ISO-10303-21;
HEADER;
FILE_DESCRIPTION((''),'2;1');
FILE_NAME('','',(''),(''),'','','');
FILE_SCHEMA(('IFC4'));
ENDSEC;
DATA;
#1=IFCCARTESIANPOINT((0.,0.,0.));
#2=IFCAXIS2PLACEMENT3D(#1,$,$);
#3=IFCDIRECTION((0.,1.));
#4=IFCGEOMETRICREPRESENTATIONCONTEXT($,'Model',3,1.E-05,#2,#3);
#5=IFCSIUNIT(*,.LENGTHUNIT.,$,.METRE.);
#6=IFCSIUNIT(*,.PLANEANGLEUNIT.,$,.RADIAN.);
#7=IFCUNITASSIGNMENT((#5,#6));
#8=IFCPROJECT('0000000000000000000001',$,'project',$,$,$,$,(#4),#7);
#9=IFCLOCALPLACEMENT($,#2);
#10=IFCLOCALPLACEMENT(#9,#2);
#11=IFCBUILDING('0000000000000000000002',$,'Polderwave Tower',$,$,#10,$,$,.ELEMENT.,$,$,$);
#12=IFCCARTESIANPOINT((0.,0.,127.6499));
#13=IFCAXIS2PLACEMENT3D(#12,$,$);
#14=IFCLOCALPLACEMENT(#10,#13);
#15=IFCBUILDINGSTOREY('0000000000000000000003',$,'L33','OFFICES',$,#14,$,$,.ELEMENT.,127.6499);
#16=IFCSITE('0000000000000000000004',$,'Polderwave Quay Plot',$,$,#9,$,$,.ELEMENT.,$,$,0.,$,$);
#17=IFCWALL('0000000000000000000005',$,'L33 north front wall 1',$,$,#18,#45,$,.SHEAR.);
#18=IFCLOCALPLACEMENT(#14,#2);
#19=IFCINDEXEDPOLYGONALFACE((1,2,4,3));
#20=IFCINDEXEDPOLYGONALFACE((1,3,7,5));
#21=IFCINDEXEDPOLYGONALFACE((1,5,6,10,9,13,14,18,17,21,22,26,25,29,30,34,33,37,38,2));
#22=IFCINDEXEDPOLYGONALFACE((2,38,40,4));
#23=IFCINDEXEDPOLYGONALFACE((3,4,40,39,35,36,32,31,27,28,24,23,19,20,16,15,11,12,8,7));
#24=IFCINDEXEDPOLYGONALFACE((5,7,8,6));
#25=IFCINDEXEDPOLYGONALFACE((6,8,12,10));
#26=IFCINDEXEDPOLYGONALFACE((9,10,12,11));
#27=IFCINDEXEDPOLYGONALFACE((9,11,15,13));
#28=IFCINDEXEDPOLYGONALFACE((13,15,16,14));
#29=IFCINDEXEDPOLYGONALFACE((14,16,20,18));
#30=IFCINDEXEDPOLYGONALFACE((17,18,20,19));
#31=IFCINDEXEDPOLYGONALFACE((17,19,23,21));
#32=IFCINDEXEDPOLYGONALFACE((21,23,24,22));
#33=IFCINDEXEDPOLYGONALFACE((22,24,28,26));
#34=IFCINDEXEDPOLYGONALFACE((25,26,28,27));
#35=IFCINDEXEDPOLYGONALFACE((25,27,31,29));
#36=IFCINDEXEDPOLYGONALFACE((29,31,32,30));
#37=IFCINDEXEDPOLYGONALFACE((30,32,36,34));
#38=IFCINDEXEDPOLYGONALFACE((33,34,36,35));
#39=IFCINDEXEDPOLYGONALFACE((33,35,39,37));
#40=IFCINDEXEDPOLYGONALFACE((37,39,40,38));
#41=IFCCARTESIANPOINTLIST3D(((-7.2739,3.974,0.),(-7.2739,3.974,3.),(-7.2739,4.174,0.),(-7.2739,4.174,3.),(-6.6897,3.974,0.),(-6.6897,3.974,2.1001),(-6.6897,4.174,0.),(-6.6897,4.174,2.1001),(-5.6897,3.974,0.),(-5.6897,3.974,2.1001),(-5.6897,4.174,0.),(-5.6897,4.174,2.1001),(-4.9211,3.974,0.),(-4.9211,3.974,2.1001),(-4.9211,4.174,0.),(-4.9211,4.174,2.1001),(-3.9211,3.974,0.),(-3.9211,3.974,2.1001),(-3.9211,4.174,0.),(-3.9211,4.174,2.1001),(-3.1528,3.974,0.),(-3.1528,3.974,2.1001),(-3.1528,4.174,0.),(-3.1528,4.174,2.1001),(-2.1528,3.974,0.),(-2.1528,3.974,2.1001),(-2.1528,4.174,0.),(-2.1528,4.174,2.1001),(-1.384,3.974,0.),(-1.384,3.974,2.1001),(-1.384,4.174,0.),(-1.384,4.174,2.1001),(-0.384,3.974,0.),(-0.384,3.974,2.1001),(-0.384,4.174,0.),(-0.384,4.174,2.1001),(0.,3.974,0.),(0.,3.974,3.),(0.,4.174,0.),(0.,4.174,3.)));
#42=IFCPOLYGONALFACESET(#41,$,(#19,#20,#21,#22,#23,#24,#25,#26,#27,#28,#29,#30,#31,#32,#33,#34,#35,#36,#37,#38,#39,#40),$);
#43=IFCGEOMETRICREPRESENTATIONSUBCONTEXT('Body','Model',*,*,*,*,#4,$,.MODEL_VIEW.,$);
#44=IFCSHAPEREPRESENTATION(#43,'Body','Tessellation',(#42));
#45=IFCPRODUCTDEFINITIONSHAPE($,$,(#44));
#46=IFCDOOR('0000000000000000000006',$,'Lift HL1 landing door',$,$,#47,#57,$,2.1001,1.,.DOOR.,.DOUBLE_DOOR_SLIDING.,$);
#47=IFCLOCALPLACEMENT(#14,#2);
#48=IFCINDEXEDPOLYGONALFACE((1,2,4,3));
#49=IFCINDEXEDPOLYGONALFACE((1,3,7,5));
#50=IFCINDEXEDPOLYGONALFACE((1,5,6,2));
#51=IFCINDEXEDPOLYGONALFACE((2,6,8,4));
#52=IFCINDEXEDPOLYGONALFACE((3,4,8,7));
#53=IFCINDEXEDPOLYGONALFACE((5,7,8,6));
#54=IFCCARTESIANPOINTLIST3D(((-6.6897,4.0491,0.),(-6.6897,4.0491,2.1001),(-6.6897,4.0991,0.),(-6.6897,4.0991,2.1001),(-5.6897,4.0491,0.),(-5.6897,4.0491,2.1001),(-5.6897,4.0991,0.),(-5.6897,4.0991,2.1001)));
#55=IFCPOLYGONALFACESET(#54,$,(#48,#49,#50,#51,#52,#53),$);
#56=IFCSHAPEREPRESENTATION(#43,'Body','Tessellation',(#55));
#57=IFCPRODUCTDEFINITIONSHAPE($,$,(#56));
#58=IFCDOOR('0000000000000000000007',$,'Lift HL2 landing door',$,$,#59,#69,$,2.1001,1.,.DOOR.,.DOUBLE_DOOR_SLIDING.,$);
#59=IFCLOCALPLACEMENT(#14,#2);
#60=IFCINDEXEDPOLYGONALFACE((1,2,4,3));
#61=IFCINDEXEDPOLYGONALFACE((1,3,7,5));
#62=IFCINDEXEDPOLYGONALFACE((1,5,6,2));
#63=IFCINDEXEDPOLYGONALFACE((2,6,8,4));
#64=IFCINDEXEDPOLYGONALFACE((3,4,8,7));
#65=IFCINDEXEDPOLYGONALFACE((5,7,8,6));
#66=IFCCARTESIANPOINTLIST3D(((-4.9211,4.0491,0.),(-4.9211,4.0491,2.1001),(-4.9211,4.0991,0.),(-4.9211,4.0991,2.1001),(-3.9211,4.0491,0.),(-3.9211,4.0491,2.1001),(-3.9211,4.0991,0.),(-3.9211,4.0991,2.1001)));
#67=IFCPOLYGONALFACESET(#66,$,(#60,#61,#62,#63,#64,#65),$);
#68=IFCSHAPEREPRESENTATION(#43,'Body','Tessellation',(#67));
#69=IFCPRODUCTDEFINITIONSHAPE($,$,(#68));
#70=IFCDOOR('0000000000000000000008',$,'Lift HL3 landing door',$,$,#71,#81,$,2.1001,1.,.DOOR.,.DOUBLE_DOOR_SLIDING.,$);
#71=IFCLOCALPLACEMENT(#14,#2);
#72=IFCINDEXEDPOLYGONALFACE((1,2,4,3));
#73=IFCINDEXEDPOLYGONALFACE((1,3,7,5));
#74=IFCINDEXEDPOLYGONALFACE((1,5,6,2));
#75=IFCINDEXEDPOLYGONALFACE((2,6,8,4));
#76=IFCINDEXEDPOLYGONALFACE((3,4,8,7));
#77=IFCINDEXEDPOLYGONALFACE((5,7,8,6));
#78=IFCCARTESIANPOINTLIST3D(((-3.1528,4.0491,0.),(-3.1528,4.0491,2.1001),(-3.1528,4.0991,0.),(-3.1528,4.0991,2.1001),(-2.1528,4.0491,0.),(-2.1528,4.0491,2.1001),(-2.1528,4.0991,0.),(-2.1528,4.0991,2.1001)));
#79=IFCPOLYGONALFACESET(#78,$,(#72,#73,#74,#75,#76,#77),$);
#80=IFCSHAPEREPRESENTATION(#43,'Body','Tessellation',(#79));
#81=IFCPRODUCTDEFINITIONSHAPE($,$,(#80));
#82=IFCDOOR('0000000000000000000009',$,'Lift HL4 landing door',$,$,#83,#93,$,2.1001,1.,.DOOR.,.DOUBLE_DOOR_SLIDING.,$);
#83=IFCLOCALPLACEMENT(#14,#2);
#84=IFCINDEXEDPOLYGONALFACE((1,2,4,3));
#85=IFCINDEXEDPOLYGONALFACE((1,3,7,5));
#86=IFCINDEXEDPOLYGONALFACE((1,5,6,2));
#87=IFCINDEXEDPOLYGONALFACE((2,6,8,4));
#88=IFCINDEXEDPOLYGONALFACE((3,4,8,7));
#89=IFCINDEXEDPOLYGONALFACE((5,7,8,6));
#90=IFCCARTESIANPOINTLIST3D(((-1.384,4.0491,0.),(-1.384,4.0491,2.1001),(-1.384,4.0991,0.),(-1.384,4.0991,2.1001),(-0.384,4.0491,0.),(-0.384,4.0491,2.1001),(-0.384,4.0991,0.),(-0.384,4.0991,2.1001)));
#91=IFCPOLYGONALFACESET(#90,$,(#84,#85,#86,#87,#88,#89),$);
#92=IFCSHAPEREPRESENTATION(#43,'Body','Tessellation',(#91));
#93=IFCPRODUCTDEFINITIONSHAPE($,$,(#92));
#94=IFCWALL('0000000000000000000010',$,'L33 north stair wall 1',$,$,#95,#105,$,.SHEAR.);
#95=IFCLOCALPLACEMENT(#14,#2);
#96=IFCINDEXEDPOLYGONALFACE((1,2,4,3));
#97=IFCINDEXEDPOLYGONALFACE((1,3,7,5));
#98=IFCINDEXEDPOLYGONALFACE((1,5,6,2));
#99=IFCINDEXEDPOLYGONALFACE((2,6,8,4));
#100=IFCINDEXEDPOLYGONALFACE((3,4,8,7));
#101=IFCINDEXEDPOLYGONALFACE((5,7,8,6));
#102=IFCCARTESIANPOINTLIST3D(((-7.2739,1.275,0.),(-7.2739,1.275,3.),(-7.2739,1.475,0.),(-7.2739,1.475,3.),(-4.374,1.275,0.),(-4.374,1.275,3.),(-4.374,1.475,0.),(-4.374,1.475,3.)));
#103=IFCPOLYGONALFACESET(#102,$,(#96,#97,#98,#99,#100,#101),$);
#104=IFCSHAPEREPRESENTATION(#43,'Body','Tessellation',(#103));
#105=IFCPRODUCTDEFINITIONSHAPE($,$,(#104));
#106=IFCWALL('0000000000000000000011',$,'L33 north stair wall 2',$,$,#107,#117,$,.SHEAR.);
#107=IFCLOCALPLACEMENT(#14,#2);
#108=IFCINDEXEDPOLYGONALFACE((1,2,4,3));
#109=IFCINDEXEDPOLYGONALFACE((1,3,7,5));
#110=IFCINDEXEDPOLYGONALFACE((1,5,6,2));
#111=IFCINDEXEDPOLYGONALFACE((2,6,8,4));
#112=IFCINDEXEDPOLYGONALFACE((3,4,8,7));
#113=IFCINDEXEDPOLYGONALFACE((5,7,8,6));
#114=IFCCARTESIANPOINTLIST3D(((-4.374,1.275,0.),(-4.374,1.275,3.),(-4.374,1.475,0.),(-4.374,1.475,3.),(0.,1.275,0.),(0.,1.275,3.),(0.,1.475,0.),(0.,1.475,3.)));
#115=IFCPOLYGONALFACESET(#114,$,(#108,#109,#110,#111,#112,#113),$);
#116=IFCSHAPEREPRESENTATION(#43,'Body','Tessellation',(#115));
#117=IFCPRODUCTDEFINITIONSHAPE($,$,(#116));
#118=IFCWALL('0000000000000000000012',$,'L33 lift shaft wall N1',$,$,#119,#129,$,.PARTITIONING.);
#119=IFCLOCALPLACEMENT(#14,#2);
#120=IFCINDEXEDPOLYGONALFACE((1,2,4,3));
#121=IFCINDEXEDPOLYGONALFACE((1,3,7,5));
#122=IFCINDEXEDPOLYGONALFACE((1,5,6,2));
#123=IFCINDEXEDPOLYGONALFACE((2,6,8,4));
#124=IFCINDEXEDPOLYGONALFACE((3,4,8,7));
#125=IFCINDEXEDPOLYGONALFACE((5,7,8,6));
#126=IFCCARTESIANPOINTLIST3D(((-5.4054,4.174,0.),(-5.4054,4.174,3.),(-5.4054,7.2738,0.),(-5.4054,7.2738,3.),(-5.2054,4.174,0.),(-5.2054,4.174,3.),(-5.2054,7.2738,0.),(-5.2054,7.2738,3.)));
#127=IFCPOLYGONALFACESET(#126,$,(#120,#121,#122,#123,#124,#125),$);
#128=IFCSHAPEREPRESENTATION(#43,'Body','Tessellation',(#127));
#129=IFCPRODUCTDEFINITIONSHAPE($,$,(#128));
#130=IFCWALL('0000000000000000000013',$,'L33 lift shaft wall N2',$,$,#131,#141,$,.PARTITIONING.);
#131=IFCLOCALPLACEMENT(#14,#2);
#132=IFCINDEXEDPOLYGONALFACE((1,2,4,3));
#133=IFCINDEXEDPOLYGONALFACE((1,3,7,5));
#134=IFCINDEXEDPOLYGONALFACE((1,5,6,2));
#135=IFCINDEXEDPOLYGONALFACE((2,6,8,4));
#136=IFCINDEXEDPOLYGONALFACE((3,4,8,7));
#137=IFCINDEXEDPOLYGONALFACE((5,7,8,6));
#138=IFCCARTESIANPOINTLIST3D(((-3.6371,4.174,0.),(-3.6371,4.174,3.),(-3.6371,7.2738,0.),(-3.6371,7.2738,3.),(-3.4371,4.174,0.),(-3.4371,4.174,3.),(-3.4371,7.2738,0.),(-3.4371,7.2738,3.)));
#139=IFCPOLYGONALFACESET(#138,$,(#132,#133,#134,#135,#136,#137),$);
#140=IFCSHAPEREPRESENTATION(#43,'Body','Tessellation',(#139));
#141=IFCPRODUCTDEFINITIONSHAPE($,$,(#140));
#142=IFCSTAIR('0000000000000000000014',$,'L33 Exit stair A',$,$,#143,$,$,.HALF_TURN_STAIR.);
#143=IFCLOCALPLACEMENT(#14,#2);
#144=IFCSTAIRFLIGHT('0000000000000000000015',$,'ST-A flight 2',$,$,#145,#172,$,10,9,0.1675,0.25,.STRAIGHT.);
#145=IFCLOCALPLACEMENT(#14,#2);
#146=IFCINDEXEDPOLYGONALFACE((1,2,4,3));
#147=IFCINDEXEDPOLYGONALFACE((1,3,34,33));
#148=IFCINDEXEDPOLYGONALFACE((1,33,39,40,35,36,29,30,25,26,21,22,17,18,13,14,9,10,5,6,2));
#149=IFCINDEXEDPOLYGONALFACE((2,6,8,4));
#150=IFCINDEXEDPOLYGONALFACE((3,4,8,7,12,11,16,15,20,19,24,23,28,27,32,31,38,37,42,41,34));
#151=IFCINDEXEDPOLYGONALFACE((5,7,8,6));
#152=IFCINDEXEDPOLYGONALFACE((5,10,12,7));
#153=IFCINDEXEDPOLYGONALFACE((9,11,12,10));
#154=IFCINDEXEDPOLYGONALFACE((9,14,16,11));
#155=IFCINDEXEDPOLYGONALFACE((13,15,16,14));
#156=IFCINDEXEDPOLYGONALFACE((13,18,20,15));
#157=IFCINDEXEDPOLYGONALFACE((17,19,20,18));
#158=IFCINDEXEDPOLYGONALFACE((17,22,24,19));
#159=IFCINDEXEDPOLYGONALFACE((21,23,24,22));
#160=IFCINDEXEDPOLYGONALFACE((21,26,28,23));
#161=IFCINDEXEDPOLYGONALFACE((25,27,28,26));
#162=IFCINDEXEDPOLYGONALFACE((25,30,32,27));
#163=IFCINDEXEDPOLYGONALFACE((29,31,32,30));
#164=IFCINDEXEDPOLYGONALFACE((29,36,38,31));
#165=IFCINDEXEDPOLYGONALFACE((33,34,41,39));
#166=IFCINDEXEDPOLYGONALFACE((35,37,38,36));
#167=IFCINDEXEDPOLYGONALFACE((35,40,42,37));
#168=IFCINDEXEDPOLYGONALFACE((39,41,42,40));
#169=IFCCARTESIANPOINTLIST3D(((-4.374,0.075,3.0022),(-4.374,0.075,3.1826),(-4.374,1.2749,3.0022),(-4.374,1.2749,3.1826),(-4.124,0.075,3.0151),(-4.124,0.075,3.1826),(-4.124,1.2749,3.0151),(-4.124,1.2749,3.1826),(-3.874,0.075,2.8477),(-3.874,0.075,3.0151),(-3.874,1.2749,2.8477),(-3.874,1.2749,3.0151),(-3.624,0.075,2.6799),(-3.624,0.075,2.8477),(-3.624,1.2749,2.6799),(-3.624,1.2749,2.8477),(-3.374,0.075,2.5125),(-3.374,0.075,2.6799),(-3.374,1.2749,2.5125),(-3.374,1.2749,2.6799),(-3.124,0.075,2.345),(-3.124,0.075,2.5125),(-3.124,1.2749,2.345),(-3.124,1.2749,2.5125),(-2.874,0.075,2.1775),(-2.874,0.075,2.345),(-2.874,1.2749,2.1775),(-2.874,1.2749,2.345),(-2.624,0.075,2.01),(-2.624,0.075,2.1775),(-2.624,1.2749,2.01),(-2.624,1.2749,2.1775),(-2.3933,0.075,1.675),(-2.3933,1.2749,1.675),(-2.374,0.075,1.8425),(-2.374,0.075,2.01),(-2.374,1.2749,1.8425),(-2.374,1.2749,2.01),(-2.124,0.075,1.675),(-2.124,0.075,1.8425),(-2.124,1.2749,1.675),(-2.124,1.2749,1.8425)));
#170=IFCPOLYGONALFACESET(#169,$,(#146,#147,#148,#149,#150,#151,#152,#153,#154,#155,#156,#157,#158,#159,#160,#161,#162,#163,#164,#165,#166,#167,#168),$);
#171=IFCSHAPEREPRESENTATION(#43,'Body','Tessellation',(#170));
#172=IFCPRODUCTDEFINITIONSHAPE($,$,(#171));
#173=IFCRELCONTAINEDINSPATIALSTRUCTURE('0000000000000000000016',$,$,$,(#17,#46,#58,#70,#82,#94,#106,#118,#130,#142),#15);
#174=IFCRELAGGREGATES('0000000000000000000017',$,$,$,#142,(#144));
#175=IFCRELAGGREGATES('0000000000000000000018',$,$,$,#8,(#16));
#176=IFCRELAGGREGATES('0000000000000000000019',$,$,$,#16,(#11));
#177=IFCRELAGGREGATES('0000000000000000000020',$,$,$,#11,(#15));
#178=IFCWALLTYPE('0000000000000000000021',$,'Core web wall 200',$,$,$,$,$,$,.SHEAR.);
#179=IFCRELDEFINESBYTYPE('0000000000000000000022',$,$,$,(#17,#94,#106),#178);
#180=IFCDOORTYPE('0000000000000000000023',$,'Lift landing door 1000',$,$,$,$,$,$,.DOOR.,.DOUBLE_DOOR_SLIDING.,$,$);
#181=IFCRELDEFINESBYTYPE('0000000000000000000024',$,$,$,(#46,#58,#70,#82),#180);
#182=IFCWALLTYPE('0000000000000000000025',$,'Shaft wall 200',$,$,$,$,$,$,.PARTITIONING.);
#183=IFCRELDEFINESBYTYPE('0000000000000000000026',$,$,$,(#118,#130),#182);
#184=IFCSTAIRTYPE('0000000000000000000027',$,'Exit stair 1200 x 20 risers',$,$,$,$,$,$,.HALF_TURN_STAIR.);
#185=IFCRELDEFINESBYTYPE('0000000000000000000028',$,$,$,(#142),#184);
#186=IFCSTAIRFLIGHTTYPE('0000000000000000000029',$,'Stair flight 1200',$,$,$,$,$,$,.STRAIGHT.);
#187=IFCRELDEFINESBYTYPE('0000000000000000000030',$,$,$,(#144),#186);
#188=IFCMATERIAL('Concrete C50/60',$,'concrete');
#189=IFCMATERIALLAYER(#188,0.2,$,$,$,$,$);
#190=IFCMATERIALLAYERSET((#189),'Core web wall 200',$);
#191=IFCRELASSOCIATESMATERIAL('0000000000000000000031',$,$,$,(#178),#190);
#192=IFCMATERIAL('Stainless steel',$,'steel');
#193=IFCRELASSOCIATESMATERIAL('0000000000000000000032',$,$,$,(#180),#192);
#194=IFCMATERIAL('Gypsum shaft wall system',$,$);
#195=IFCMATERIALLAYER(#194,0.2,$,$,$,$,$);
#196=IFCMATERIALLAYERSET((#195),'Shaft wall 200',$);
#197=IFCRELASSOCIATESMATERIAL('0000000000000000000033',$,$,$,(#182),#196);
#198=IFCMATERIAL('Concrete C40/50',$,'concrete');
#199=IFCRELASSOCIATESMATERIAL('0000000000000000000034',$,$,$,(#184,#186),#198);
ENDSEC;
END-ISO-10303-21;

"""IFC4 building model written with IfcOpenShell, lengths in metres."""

from ifc_helpers import new_model, si_unit, direction, frame, frame_2d, origin, place, context, subcontext, project, spatial, polyline, rectangle, outline, extrude, material, layer, layer_set, type_object, element, fill, aggregate, save


model = new_model("IFC4")

# Units and contexts
model_context = context("Model", 3, precision=1e-05, world=origin(), true_north=direction((0.0, 1.0)))
body_context = subcontext(model_context, "Body", "Model", "MODEL_VIEW")
ifc_project = project(units=[si_unit("LENGTHUNIT", "METRE"), si_unit("PLANEANGLEUNIT", "RADIAN")], contexts=[model_context])

# Site, building, storey
site_placement = place(None, origin())
site = spatial("IfcSite", under=ifc_project, at=site_placement, Name="Polderwave Quay Plot", CompositionType="ELEMENT", RefElevation=0.0)
building_placement = place(site_placement, origin())
building = spatial("IfcBuilding", under=site, at=building_placement, Name="Polderwave Tower", CompositionType="ELEMENT")
storey_placement = place(building_placement, frame((0.0, 0.0, 127.6499)))
storey = spatial("IfcBuildingStorey", under=building, at=storey_placement, Name="L33", Description="OFFICES", CompositionType="ELEMENT", Elevation=127.6499)

# Wall, openings, doors
ifc_material_1 = material(Name="Concrete C50/60", Category="concrete")
ifc_layer_1 = layer(ifc_material_1, 0.2)
ifc_layer_set_1 = layer_set([ifc_layer_1], Name="Core web wall 200")
wall_type_1 = type_object("IfcWallType", Name="Core web wall 200", PredefinedType="SHEAR", material=ifc_layer_set_1)
wall_1_placement = place(storey_placement, frame((-7.2739, 4.074, 0.0), z_axis=(0.0, 0.0, 1.0), x_axis=(1.0, 0.0, 0.0)))
wall_1 = element("IfcWall", 1, at=wall_1_placement, inside=storey, type_object=wall_type_1, Name="L33 north front wall 1", PredefinedType="SHEAR", context=body_context, shape_type="SweptSolid", body=[
    extrude(rectangle(XDim=7.2739, YDim=0.2, at=frame_2d((3.637, 0.0))), origin(), (0.0, 0.0, 1.0), 3.0),
])
opening_1_placement = place(wall_1_placement, frame((0.5842, 0.0, 0.0)))
opening_1 = element("IfcOpeningElement", 2, at=opening_1_placement, cuts=wall_1, PredefinedType="OPENING", context=body_context, shape_type="SweptSolid", body=[
    extrude(rectangle(XDim=1.0, YDim=2.1001, at=frame_2d((0.5, 1.05))), frame((0.0, 0.1099, 0.0), z_axis=(0.0, -1.0, 0.0), x_axis=(1.0, 0.0, 0.0)), (0.0, 0.0, 1.0), 0.22),
])
opening_2_placement = place(wall_1_placement, frame((2.3528, 0.0, 0.0)))
opening_2 = element("IfcOpeningElement", 3, at=opening_2_placement, cuts=wall_1, PredefinedType="OPENING", context=body_context, shape_type="SweptSolid", body=[
    extrude(rectangle(XDim=1.0, YDim=2.1001, at=frame_2d((0.5, 1.05))), frame((0.0, 0.1099, 0.0), z_axis=(0.0, -1.0, 0.0), x_axis=(1.0, 0.0, 0.0)), (0.0, 0.0, 1.0), 0.22),
])
opening_3_placement = place(wall_1_placement, frame((4.1211, 0.0, 0.0)))
opening_3 = element("IfcOpeningElement", 4, at=opening_3_placement, cuts=wall_1, PredefinedType="OPENING", context=body_context, shape_type="SweptSolid", body=[
    extrude(rectangle(XDim=1.0, YDim=2.1001, at=frame_2d((0.5, 1.05))), frame((0.0, 0.1099, 0.0), z_axis=(0.0, -1.0, 0.0), x_axis=(1.0, 0.0, 0.0)), (0.0, 0.0, 1.0), 0.22),
])
opening_4_placement = place(wall_1_placement, frame((5.8899, 0.0, 0.0)))
opening_4 = element("IfcOpeningElement", 5, at=opening_4_placement, cuts=wall_1, PredefinedType="OPENING", context=body_context, shape_type="SweptSolid", body=[
    extrude(rectangle(XDim=1.0, YDim=2.1001, at=frame_2d((0.5, 1.05))), frame((0.0, 0.1099, 0.0), z_axis=(0.0, -1.0, 0.0), x_axis=(1.0, 0.0, 0.0)), (0.0, 0.0, 1.0), 0.22),
])
ifc_material_2 = material(Name="Stainless steel", Category="steel")
door_type = type_object("IfcDoorType", Name="Lift landing door 1000", OperationType="DOUBLE_DOOR_SLIDING", PredefinedType="DOOR", material=ifc_material_2)
door_1_placement = place(opening_1_placement, frame((1.0, 0.0, 0.0), z_axis=(0.0, 0.0, 1.0), x_axis=(-1.0, 0.0, 0.0)))
door_1 = element("IfcDoor", 6, at=door_1_placement, inside=storey, type_object=door_type, Name="Lift HL1 landing door", OperationType="DOUBLE_DOOR_SLIDING", OverallHeight=2.1001, OverallWidth=1.0, PredefinedType="DOOR", context=body_context, shape_type="SweptSolid", body=[
    extrude(rectangle(XDim=1.0, YDim=2.1001, at=frame_2d((0.5, 1.05))), frame((0.0, 0.0249, 0.0), z_axis=(0.0, -1.0, 0.0), x_axis=(1.0, 0.0, 0.0)), (0.0, 0.0, 1.0), 0.05),
])
fill(opening_1, door_1)
door_2_placement = place(opening_2_placement, frame((1.0, 0.0, 0.0), z_axis=(0.0, 0.0, 1.0), x_axis=(-1.0, 0.0, 0.0)))
door_2 = element("IfcDoor", 7, at=door_2_placement, inside=storey, type_object=door_type, Name="Lift HL2 landing door", OperationType="DOUBLE_DOOR_SLIDING", OverallHeight=2.1001, OverallWidth=1.0, PredefinedType="DOOR", context=body_context, shape_type="SweptSolid", body=[
    extrude(rectangle(XDim=1.0, YDim=2.1001, at=frame_2d((0.5, 1.05))), frame((0.0, 0.0249, 0.0), z_axis=(0.0, -1.0, 0.0), x_axis=(1.0, 0.0, 0.0)), (0.0, 0.0, 1.0), 0.05),
])
fill(opening_2, door_2)
door_3_placement = place(opening_3_placement, frame((1.0, 0.0, 0.0), z_axis=(0.0, 0.0, 1.0), x_axis=(-1.0, 0.0, 0.0)))
door_3 = element("IfcDoor", 8, at=door_3_placement, inside=storey, type_object=door_type, Name="Lift HL3 landing door", OperationType="DOUBLE_DOOR_SLIDING", OverallHeight=2.1001, OverallWidth=1.0, PredefinedType="DOOR", context=body_context, shape_type="SweptSolid", body=[
    extrude(rectangle(XDim=1.0, YDim=2.1001, at=frame_2d((0.5, 1.05))), frame((0.0, 0.0249, 0.0), z_axis=(0.0, -1.0, 0.0), x_axis=(1.0, 0.0, 0.0)), (0.0, 0.0, 1.0), 0.05),
])
fill(opening_3, door_3)
door_4_placement = place(opening_4_placement, frame((1.0, 0.0, 0.0), z_axis=(0.0, 0.0, 1.0), x_axis=(-1.0, 0.0, 0.0)))
door_4 = element("IfcDoor", 9, at=door_4_placement, inside=storey, type_object=door_type, Name="Lift HL4 landing door", OperationType="DOUBLE_DOOR_SLIDING", OverallHeight=2.1001, OverallWidth=1.0, PredefinedType="DOOR", context=body_context, shape_type="SweptSolid", body=[
    extrude(rectangle(XDim=1.0, YDim=2.1001, at=frame_2d((0.5, 1.05))), frame((0.0, 0.0249, 0.0), z_axis=(0.0, -1.0, 0.0), x_axis=(1.0, 0.0, 0.0)), (0.0, 0.0, 1.0), 0.05),
])
fill(opening_4, door_4)

# Walls
wall_2_placement = place(storey_placement, frame((-7.2739, 1.375, 0.0), z_axis=(0.0, 0.0, 1.0), x_axis=(1.0, 0.0, 0.0)))
element("IfcWall", 10, at=wall_2_placement, inside=storey, type_object=wall_type_1, Name="L33 north stair wall 1", PredefinedType="SHEAR", context=body_context, shape_type="SweptSolid", body=[
    extrude(rectangle(XDim=2.8999, YDim=0.2, at=frame_2d((1.45, 0.0))), origin(), (0.0, 0.0, 1.0), 3.0),
])
wall_3_placement = place(storey_placement, frame((-4.374, 1.375, 0.0), z_axis=(0.0, 0.0, 1.0), x_axis=(1.0, 0.0, 0.0)))
element("IfcWall", 11, at=wall_3_placement, inside=storey, type_object=wall_type_1, Name="L33 north stair wall 2", PredefinedType="SHEAR", context=body_context, shape_type="SweptSolid", body=[
    extrude(rectangle(XDim=4.374, YDim=0.2, at=frame_2d((2.187, 0.0))), origin(), (0.0, 0.0, 1.0), 3.0),
])
ifc_material_3 = material(Name="Gypsum shaft wall system")
ifc_layer_2 = layer(ifc_material_3, 0.2)
ifc_layer_set_2 = layer_set([ifc_layer_2], Name="Shaft wall 200")
wall_type_2 = type_object("IfcWallType", Name="Shaft wall 200", PredefinedType="PARTITIONING", material=ifc_layer_set_2)
for number, where, z_axis, x_axis, name in (
    (12, (-5.3054, 4.1741, 0.0), (0.0, 0.0, 1.0), (0.0, 1.0, 0.0), "L33 lift shaft wall N1"),
    (13, (-3.5371, 4.1741, 0.0), (0.0, 0.0, 1.0), (0.0, 1.0, 0.0), "L33 lift shaft wall N2"),
):
    element("IfcWall", number, at=place(storey_placement, frame(where, z_axis=z_axis, x_axis=x_axis)), inside=storey, type_object=wall_type_2, Name=name, PredefinedType="PARTITIONING", context=body_context, shape_type="SweptSolid", body=[
        extrude(rectangle(XDim=3.0999, YDim=0.2, at=frame_2d((1.5498, 0.0))), origin(), (0.0, 0.0, 1.0), 3.0),
    ])

# Stair, stair flight
ifc_material_4 = material(Name="Concrete C40/50", Category="concrete")
stair_type = type_object("IfcStairType", Name="Exit stair 1200 x 20 risers", PredefinedType="HALF_TURN_STAIR", material=ifc_material_4)
stair_placement = place(storey_placement, origin())
stair = element("IfcStair", 14, at=stair_placement, inside=storey, type_object=stair_type, Name="L33 Exit stair A", PredefinedType="HALF_TURN_STAIR")
stair_flight_type = type_object("IfcStairFlightType", Name="Stair flight 1200", PredefinedType="STRAIGHT", material=ifc_material_4)
stair_flight_placement = place(storey_placement, frame((-2.124, 0.675, 1.675), z_axis=(0.0, 0.0, 1.0), x_axis=(-1.0, 0.0, 0.0)))
stair_flight = element("IfcStairFlight", 15, at=stair_flight_placement, type_object=stair_flight_type, Name="ST-A flight 2", NumberOfRisers=10, NumberOfTreads=9, PredefinedType="STRAIGHT", RiserHeight=0.1675, TreadLength=0.25, context=body_context, shape_type="SweptSolid", body=[
    extrude(outline(polyline([(0.0, 0.0), (0.0, 0.1675), (0.25, 0.1675), (0.25, 0.335), (0.5, 0.335), (0.5, 0.5024), (0.75, 0.5024), (0.75, 0.6699), (1.0, 0.6699), (1.0, 0.8374), (1.25, 0.8374), (1.25, 1.0049), (1.5, 1.0049), (1.5, 1.1726), (1.75, 1.1726), (1.75, 1.3401), (2.0, 1.3401), (2.0, 1.5076), (2.25, 1.5076), (2.25, 1.675), (2.25, 1.3271), (0.2693, 0.0), (0.0, 0.0)])), frame((0.0, 0.6001, 0.0), z_axis=(0.0, -1.0, 0.0), x_axis=(1.0, 0.0, 0.0)), (0.0, 0.0, 1.0), 1.2),
])
aggregate(stair, [stair_flight])

save(model, "model.ifc")
